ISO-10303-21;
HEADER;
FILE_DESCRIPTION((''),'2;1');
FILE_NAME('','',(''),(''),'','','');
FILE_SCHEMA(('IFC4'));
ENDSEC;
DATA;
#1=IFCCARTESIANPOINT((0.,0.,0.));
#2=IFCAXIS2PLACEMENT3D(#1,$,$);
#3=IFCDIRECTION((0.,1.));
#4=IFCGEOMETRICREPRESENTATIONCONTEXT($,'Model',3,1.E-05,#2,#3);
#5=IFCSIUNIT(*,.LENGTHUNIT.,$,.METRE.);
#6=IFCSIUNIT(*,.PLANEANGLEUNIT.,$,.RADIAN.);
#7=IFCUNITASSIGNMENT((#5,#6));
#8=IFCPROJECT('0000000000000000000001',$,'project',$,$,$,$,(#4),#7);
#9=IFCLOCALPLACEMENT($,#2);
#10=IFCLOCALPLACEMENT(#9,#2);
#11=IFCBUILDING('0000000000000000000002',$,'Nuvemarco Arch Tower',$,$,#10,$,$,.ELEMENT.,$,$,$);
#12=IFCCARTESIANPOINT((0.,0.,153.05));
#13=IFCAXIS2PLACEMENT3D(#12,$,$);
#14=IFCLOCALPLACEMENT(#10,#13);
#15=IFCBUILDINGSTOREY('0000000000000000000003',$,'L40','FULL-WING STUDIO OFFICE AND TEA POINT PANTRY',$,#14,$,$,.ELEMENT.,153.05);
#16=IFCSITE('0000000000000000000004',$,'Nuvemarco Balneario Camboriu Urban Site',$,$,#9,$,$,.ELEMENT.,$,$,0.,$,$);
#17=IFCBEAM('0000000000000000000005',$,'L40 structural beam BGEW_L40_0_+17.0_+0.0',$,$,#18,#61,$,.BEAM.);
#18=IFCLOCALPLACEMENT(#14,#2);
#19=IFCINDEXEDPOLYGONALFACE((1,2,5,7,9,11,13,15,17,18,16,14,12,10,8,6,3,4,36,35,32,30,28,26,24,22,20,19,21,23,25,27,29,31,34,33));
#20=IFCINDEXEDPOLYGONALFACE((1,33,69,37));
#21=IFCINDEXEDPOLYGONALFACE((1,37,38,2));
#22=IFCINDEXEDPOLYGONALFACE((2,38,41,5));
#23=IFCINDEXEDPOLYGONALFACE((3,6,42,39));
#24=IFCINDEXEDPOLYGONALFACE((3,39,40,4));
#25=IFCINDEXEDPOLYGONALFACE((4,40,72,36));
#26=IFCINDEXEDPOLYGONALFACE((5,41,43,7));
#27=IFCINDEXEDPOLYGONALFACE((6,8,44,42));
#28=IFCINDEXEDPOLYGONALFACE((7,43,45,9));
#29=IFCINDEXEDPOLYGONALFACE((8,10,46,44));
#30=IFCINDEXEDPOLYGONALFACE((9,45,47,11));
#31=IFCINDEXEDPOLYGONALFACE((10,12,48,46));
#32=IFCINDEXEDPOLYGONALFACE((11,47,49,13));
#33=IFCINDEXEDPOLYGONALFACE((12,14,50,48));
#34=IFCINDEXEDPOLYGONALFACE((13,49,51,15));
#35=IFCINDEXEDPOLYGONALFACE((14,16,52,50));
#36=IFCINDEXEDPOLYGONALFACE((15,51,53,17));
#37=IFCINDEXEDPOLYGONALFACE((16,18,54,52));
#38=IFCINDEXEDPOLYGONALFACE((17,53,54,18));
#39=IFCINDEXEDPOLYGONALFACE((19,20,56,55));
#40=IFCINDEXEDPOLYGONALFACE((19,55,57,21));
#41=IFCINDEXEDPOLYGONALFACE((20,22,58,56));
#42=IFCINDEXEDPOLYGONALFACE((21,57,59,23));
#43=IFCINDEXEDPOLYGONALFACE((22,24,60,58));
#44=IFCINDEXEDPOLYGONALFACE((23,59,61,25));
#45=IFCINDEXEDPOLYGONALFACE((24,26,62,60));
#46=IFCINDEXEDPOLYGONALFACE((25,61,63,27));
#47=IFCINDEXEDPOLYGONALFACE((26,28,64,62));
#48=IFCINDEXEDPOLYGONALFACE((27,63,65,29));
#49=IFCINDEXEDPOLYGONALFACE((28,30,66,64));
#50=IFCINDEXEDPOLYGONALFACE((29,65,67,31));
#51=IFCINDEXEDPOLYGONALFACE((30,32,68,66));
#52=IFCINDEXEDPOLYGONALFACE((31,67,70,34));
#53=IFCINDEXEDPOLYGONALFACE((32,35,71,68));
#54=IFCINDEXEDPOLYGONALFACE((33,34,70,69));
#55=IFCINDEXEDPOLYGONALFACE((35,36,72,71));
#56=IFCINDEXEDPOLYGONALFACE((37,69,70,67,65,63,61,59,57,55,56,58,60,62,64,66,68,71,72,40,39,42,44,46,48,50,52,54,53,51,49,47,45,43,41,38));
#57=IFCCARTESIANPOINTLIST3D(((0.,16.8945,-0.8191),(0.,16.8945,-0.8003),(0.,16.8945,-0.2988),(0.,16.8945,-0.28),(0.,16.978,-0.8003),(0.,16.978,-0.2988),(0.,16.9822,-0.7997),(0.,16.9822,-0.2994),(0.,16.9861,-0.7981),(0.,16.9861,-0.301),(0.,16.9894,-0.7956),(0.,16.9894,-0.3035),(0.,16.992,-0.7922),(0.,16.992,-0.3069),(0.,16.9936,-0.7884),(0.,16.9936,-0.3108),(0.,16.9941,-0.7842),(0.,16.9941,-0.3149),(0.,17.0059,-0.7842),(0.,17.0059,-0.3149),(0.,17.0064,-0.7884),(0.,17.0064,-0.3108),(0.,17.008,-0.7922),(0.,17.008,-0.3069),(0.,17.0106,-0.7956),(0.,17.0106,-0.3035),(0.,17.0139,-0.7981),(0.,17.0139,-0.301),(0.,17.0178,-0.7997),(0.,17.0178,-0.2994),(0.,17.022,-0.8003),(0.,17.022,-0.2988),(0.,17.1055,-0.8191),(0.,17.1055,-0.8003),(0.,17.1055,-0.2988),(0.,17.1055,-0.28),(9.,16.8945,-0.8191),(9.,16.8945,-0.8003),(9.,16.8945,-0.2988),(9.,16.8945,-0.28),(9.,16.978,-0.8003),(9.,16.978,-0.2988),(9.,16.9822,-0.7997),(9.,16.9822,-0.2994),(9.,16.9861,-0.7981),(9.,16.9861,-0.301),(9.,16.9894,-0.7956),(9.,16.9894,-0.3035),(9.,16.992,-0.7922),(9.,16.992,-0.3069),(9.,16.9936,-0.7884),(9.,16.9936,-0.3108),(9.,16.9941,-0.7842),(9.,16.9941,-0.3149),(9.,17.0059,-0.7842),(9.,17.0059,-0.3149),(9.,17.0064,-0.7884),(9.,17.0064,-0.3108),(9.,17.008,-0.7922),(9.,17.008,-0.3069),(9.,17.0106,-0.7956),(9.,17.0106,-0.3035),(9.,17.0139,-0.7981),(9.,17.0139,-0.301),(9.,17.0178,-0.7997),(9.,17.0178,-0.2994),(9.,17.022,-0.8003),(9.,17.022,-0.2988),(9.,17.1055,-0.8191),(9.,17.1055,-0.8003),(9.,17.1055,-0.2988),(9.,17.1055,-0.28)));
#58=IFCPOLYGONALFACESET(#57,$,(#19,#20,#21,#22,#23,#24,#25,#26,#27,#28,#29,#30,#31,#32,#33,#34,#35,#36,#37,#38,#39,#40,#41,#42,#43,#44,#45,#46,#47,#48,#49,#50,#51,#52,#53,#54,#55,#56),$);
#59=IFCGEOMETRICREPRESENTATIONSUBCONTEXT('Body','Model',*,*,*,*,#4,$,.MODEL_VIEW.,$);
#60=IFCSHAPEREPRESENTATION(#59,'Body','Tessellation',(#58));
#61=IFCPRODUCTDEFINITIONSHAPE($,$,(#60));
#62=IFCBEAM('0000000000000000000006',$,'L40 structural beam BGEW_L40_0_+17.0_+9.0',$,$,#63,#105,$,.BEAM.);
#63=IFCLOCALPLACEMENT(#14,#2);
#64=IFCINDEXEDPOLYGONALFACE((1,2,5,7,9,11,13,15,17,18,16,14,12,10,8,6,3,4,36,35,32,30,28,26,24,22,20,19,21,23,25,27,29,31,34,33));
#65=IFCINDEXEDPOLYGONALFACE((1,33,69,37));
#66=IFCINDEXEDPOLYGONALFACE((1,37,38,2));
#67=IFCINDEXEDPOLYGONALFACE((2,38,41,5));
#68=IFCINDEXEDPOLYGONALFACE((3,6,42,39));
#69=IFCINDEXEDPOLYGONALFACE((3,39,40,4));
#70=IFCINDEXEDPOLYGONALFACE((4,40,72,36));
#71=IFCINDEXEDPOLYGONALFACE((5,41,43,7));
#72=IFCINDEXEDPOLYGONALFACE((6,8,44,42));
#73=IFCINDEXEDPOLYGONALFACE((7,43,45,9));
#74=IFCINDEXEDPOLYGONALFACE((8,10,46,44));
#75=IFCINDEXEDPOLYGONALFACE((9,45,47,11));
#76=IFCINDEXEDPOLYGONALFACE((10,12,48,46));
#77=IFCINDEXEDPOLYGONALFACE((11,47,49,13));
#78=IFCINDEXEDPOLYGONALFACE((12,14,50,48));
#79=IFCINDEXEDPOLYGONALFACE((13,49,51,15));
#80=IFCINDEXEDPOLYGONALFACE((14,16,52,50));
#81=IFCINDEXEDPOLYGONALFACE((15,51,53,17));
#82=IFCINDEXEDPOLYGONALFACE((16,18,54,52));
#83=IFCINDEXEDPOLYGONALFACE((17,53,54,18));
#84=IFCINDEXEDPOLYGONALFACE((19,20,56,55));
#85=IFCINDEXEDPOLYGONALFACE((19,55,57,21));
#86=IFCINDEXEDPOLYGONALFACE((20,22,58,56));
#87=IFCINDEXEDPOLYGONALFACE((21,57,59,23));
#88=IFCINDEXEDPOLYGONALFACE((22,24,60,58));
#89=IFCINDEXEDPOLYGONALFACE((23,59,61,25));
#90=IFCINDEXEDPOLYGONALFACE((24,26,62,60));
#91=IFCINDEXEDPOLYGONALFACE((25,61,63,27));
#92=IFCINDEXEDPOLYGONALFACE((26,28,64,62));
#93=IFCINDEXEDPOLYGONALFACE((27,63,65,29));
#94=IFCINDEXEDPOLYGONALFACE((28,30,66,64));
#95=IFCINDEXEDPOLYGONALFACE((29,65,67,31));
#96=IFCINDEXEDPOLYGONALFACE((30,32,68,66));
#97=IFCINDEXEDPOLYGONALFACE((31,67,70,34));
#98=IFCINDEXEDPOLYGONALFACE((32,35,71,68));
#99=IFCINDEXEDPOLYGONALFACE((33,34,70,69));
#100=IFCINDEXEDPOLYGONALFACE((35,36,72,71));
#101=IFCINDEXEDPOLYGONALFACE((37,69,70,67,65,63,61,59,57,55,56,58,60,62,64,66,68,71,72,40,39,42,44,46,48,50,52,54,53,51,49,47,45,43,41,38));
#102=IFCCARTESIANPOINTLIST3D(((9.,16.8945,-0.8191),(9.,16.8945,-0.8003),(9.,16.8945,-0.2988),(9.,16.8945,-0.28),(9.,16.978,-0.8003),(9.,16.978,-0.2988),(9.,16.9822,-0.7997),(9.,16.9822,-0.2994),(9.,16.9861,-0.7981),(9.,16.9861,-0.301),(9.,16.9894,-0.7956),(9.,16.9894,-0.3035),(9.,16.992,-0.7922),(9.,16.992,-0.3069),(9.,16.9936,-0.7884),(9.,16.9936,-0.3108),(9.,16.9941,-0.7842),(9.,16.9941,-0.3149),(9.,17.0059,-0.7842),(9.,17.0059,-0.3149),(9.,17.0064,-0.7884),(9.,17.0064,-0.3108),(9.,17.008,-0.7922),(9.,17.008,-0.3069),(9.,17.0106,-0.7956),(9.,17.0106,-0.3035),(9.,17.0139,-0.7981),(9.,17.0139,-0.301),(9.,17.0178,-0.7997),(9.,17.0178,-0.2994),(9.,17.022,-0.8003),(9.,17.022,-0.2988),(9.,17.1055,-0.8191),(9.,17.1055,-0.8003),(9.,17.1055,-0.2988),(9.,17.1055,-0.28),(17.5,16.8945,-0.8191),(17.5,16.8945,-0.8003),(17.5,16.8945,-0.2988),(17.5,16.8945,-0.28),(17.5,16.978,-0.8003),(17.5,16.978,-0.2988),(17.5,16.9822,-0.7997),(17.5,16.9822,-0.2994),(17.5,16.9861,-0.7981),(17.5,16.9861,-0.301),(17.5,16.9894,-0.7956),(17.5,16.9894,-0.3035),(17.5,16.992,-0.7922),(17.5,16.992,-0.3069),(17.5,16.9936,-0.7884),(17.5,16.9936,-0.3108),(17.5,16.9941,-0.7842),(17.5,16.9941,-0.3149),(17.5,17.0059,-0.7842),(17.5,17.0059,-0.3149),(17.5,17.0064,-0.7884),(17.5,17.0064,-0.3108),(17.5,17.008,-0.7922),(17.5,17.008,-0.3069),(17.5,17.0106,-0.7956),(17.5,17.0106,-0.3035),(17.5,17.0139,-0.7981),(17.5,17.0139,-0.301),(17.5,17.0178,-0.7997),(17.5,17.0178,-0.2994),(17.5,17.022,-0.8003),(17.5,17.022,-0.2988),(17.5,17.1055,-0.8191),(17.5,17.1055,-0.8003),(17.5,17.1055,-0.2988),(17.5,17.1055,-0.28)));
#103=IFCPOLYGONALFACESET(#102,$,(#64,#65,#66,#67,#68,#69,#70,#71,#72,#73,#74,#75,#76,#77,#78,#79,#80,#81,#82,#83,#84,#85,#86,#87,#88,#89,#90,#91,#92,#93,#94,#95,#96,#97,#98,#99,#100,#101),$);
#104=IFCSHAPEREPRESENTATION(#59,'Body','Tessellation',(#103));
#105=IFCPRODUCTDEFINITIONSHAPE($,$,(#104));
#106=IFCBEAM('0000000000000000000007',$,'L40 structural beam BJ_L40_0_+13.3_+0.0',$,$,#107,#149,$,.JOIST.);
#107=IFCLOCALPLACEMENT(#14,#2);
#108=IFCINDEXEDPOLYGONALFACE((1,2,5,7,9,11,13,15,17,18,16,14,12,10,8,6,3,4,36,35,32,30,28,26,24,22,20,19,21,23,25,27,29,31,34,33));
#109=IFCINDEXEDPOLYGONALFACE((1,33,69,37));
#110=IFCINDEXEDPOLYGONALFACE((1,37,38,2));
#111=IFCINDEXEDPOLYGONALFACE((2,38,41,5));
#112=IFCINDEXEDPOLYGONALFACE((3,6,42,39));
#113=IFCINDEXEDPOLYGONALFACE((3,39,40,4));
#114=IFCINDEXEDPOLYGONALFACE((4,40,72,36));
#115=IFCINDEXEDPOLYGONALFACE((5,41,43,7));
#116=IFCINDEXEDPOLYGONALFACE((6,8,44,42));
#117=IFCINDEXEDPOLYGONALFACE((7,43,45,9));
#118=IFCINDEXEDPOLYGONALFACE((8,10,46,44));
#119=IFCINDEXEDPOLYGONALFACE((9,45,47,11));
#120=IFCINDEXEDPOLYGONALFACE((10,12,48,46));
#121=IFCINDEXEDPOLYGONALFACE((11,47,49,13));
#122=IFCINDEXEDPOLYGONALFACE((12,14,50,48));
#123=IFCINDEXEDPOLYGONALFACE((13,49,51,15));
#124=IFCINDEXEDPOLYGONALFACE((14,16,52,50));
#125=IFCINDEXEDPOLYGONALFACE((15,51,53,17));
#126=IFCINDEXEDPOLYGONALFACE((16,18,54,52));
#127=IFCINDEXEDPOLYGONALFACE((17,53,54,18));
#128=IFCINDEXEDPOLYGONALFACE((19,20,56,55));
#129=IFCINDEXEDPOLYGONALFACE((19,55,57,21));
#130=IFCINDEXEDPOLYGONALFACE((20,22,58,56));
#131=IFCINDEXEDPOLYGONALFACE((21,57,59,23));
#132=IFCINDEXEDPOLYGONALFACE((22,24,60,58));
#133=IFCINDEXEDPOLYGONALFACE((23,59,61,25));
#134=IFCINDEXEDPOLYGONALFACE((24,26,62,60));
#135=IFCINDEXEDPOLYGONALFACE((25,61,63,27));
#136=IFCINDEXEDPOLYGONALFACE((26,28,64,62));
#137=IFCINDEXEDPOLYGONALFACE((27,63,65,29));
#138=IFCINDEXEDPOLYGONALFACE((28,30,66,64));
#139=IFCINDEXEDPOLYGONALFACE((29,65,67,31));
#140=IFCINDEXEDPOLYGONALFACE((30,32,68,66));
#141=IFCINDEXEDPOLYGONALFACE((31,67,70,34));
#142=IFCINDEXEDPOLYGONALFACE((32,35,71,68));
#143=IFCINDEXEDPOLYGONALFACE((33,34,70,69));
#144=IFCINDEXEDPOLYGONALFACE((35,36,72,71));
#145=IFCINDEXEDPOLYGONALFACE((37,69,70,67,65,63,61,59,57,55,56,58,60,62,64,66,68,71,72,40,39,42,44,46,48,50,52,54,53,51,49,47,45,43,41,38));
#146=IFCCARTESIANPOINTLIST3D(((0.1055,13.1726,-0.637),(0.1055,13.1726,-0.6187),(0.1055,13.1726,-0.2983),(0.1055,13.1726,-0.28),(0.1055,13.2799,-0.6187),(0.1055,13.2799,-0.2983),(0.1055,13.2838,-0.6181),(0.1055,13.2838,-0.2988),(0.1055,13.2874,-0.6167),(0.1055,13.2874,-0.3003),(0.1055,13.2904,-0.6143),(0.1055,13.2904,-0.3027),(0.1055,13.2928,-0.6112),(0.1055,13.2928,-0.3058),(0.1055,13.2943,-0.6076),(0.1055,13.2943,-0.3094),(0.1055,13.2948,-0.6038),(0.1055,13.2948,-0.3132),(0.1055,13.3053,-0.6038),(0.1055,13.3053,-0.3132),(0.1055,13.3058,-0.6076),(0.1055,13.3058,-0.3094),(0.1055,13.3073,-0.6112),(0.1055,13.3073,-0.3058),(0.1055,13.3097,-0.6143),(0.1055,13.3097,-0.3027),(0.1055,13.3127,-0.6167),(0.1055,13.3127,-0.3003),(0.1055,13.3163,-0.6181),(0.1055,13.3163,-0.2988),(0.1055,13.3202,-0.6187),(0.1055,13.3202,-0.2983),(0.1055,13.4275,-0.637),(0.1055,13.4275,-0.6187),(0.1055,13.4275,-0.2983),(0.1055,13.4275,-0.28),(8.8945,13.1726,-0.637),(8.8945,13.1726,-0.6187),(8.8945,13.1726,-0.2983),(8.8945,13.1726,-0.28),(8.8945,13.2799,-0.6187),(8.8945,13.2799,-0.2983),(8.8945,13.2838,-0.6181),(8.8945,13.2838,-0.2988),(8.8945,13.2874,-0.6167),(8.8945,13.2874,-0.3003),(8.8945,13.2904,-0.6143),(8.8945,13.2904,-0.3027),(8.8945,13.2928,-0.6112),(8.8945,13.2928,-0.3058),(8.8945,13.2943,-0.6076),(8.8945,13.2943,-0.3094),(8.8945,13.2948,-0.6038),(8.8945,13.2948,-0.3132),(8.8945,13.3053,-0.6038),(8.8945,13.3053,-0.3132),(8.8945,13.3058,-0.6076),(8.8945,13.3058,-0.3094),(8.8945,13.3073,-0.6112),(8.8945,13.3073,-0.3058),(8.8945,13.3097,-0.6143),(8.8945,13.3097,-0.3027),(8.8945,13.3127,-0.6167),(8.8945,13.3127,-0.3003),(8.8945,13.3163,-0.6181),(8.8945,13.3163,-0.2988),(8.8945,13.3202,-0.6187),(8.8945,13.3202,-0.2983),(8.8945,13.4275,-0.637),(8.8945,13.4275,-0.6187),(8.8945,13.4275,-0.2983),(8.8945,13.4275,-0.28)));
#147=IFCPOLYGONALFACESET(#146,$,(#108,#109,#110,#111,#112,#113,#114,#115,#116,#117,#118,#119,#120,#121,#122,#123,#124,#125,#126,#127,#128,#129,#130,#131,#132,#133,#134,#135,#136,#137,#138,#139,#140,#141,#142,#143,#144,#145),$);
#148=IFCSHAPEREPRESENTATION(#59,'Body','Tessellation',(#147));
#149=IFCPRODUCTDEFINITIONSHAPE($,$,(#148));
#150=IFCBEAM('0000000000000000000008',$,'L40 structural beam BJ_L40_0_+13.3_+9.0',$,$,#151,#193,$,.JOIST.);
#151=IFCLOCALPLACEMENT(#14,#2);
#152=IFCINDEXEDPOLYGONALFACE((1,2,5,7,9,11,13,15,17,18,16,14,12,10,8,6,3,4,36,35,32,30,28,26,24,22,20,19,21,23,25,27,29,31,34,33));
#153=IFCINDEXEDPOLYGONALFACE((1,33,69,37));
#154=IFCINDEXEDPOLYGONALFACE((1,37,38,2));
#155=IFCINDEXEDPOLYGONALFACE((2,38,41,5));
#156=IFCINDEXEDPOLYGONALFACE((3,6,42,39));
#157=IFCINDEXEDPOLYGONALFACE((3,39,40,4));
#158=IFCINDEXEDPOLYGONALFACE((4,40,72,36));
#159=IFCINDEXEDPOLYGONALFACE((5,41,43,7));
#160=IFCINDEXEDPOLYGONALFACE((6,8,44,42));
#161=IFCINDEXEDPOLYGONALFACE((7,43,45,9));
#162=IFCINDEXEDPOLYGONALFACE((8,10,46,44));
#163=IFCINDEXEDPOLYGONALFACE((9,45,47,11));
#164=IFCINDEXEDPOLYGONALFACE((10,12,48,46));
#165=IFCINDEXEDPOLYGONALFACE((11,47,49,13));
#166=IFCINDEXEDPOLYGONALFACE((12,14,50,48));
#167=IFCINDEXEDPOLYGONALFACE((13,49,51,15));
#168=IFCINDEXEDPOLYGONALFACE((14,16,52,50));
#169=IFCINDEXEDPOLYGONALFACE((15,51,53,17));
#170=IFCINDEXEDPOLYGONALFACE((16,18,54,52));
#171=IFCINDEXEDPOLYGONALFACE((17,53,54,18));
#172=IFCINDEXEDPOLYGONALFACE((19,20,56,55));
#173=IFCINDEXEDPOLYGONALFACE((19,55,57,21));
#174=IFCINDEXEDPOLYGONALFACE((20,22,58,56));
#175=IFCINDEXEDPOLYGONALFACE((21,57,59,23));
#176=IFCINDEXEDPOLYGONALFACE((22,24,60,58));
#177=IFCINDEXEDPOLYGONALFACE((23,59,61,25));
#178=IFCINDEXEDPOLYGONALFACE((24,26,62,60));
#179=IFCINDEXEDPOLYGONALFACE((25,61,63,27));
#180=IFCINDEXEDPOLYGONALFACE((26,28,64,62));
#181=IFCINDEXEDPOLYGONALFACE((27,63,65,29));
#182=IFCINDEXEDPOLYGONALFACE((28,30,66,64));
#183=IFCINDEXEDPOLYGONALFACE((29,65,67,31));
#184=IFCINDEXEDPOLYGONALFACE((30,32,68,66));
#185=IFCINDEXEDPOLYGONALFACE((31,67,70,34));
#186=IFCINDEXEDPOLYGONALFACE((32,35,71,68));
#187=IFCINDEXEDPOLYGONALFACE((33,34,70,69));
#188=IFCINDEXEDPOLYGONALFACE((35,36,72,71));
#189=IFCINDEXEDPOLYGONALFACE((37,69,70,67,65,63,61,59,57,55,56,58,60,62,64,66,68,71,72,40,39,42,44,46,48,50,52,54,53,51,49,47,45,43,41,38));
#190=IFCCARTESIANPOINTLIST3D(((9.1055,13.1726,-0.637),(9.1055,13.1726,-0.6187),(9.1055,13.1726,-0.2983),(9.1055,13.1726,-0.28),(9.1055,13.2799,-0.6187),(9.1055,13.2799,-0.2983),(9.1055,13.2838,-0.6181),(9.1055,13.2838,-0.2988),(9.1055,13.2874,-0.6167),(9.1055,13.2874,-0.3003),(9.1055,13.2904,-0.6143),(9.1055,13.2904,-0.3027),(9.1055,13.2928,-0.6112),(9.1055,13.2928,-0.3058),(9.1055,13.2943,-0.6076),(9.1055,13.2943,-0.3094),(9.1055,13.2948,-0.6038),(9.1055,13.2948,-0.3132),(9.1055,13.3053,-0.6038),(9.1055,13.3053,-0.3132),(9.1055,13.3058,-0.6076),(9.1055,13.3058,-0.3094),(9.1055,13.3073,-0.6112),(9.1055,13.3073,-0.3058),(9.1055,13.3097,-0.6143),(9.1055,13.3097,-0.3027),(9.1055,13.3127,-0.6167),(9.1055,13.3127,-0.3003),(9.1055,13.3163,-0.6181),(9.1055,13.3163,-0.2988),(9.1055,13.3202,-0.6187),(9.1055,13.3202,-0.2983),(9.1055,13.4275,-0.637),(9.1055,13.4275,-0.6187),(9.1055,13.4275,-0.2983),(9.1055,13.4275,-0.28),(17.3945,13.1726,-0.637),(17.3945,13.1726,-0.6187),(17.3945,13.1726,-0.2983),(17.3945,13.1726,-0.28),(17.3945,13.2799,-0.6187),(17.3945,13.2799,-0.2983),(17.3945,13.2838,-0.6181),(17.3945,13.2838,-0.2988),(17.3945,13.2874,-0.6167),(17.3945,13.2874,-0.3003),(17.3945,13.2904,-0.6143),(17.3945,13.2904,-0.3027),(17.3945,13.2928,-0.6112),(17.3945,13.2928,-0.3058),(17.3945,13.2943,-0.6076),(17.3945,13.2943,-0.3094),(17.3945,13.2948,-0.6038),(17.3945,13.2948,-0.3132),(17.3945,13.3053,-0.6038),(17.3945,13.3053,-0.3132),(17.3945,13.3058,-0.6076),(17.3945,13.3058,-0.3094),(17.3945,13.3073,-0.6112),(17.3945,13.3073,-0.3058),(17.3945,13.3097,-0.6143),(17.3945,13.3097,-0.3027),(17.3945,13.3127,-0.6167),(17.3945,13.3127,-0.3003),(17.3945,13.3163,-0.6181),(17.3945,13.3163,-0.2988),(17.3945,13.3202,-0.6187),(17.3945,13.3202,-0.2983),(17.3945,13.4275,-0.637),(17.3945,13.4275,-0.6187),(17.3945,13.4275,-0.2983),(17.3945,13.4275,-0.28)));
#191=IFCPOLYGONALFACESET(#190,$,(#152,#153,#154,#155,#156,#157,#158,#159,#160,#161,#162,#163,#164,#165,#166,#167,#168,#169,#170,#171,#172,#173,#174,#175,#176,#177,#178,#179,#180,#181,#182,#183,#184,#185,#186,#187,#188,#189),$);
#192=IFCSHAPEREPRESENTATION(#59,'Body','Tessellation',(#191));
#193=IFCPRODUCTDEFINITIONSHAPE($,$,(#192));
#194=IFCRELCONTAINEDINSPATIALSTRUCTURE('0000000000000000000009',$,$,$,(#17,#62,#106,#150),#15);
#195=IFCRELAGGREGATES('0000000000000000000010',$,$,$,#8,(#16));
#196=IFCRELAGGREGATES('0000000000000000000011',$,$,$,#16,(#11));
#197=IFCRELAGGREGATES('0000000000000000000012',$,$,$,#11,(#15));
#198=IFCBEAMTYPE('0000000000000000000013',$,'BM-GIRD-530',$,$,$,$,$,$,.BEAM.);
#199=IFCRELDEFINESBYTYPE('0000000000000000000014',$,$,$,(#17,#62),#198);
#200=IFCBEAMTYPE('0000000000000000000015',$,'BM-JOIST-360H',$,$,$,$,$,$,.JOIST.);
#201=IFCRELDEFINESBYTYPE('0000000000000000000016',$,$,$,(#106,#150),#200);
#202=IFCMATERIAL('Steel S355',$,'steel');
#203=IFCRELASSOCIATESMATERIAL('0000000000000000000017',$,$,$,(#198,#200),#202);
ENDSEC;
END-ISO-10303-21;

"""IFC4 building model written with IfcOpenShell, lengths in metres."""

from ifc_helpers import new_model, si_unit, direction, frame, origin, origin_2d, place, context, subcontext, project, spatial, i_section, extrude, material, material_profile, profile_set, type_object, element, save


model = new_model("IFC4")

# Units and contexts
model_context = context("Model", 3, precision=1e-05, world=origin(), true_north=direction((0.0, 1.0)))
body_context = subcontext(model_context, "Body", "Model", "MODEL_VIEW")
ifc_project = project(units=[si_unit("LENGTHUNIT", "METRE"), si_unit("PLANEANGLEUNIT", "RADIAN")], contexts=[model_context])

# Site, building, storey
site_placement = place(None, origin())
site = spatial("IfcSite", under=ifc_project, at=site_placement, Name="Nuvemarco Balneario Camboriu Urban Site", CompositionType="ELEMENT", RefElevation=0.0)
building_placement = place(site_placement, origin())
building = spatial("IfcBuilding", under=site, at=building_placement, Name="Nuvemarco Arch Tower", CompositionType="ELEMENT")
storey_placement = place(building_placement, frame((0.0, 0.0, 153.05)))
storey = spatial("IfcBuildingStorey", under=building, at=storey_placement, Name="L40", Description="FULL-WING STUDIO OFFICE AND TEA POINT PANTRY", CompositionType="ELEMENT", Elevation=153.05)

# Shared definitions
ifc_material_1 = material(Name="Steel S355", Category="steel")

# Beams
ifc_material_profile_1 = material_profile(ifc_material_1, i_section(OverallWidth=0.2109, OverallDepth=0.5391, WebThickness=0.0117, FlangeThickness=0.0188, FilletRadius=0.0161, at=origin_2d()), Name="W530x109")
ifc_profile_set_1 = profile_set([ifc_material_profile_1], Name="Steel S355")
beam_type_1 = type_object("IfcBeamType", Name="BM-GIRD-530", PredefinedType="BEAM", material=ifc_profile_set_1)
beam_1_placement = place(storey_placement, frame((0.0, 17.0, -0.5496), z_axis=(1.0, 0.0, 0.0), x_axis=(0.0, 1.0, 0.0)))
element("IfcBeam", 1, at=beam_1_placement, inside=storey, type_object=beam_type_1, Name="L40 structural beam BGEW_L40_0_+17.0_+0.0", PredefinedType="BEAM", context=body_context, shape_type="SweptSolid", body=[
    extrude(i_section(OverallWidth=0.2109, OverallDepth=0.5391, WebThickness=0.0117, FlangeThickness=0.0188, FilletRadius=0.0161, at=origin_2d()), origin(), (0.0, 0.0, 1.0), 9.0),
])
beam_2_placement = place(storey_placement, frame((9.0, 17.0, -0.5496), z_axis=(1.0, 0.0, 0.0), x_axis=(0.0, 1.0, 0.0)))
element("IfcBeam", 2, at=beam_2_placement, inside=storey, type_object=beam_type_1, Name="L40 structural beam BGEW_L40_0_+17.0_+9.0", PredefinedType="BEAM", context=body_context, shape_type="SweptSolid", body=[
    extrude(i_section(OverallWidth=0.2109, OverallDepth=0.5391, WebThickness=0.0117, FlangeThickness=0.0188, FilletRadius=0.0161, at=origin_2d()), origin(), (0.0, 0.0, 1.0), 8.5),
])
ifc_material_profile_2 = material_profile(ifc_material_1, i_section(OverallWidth=0.2549, OverallDepth=0.3569, WebThickness=0.0105, FlangeThickness=0.0183, FilletRadius=0.0149, at=origin_2d()), Name="W360x101")
ifc_profile_set_2 = profile_set([ifc_material_profile_2], Name="Steel S355")
beam_type_2 = type_object("IfcBeamType", Name="BM-JOIST-360H", PredefinedType="JOIST", material=ifc_profile_set_2)
beam_3_placement = place(storey_placement, frame((0.1055, 13.3, -0.4585), z_axis=(1.0, 0.0, 0.0), x_axis=(0.0, 1.0, 0.0)))
element("IfcBeam", 3, at=beam_3_placement, inside=storey, type_object=beam_type_2, Name="L40 structural beam BJ_L40_0_+13.3_+0.0", PredefinedType="JOIST", context=body_context, shape_type="SweptSolid", body=[
    extrude(i_section(OverallWidth=0.2549, OverallDepth=0.3569, WebThickness=0.0105, FlangeThickness=0.0183, FilletRadius=0.0149, at=origin_2d()), origin(), (0.0, 0.0, 1.0), 8.7891),
])
beam_4_placement = place(storey_placement, frame((9.1055, 13.3, -0.4585), z_axis=(1.0, 0.0, 0.0), x_axis=(0.0, 1.0, 0.0)))
element("IfcBeam", 4, at=beam_4_placement, inside=storey, type_object=beam_type_2, Name="L40 structural beam BJ_L40_0_+13.3_+9.0", PredefinedType="JOIST", context=body_context, shape_type="SweptSolid", body=[
    extrude(i_section(OverallWidth=0.2549, OverallDepth=0.3569, WebThickness=0.0105, FlangeThickness=0.0183, FilletRadius=0.0149, at=origin_2d()), origin(), (0.0, 0.0, 1.0), 8.2891),
])

save(model, "model.ifc")
